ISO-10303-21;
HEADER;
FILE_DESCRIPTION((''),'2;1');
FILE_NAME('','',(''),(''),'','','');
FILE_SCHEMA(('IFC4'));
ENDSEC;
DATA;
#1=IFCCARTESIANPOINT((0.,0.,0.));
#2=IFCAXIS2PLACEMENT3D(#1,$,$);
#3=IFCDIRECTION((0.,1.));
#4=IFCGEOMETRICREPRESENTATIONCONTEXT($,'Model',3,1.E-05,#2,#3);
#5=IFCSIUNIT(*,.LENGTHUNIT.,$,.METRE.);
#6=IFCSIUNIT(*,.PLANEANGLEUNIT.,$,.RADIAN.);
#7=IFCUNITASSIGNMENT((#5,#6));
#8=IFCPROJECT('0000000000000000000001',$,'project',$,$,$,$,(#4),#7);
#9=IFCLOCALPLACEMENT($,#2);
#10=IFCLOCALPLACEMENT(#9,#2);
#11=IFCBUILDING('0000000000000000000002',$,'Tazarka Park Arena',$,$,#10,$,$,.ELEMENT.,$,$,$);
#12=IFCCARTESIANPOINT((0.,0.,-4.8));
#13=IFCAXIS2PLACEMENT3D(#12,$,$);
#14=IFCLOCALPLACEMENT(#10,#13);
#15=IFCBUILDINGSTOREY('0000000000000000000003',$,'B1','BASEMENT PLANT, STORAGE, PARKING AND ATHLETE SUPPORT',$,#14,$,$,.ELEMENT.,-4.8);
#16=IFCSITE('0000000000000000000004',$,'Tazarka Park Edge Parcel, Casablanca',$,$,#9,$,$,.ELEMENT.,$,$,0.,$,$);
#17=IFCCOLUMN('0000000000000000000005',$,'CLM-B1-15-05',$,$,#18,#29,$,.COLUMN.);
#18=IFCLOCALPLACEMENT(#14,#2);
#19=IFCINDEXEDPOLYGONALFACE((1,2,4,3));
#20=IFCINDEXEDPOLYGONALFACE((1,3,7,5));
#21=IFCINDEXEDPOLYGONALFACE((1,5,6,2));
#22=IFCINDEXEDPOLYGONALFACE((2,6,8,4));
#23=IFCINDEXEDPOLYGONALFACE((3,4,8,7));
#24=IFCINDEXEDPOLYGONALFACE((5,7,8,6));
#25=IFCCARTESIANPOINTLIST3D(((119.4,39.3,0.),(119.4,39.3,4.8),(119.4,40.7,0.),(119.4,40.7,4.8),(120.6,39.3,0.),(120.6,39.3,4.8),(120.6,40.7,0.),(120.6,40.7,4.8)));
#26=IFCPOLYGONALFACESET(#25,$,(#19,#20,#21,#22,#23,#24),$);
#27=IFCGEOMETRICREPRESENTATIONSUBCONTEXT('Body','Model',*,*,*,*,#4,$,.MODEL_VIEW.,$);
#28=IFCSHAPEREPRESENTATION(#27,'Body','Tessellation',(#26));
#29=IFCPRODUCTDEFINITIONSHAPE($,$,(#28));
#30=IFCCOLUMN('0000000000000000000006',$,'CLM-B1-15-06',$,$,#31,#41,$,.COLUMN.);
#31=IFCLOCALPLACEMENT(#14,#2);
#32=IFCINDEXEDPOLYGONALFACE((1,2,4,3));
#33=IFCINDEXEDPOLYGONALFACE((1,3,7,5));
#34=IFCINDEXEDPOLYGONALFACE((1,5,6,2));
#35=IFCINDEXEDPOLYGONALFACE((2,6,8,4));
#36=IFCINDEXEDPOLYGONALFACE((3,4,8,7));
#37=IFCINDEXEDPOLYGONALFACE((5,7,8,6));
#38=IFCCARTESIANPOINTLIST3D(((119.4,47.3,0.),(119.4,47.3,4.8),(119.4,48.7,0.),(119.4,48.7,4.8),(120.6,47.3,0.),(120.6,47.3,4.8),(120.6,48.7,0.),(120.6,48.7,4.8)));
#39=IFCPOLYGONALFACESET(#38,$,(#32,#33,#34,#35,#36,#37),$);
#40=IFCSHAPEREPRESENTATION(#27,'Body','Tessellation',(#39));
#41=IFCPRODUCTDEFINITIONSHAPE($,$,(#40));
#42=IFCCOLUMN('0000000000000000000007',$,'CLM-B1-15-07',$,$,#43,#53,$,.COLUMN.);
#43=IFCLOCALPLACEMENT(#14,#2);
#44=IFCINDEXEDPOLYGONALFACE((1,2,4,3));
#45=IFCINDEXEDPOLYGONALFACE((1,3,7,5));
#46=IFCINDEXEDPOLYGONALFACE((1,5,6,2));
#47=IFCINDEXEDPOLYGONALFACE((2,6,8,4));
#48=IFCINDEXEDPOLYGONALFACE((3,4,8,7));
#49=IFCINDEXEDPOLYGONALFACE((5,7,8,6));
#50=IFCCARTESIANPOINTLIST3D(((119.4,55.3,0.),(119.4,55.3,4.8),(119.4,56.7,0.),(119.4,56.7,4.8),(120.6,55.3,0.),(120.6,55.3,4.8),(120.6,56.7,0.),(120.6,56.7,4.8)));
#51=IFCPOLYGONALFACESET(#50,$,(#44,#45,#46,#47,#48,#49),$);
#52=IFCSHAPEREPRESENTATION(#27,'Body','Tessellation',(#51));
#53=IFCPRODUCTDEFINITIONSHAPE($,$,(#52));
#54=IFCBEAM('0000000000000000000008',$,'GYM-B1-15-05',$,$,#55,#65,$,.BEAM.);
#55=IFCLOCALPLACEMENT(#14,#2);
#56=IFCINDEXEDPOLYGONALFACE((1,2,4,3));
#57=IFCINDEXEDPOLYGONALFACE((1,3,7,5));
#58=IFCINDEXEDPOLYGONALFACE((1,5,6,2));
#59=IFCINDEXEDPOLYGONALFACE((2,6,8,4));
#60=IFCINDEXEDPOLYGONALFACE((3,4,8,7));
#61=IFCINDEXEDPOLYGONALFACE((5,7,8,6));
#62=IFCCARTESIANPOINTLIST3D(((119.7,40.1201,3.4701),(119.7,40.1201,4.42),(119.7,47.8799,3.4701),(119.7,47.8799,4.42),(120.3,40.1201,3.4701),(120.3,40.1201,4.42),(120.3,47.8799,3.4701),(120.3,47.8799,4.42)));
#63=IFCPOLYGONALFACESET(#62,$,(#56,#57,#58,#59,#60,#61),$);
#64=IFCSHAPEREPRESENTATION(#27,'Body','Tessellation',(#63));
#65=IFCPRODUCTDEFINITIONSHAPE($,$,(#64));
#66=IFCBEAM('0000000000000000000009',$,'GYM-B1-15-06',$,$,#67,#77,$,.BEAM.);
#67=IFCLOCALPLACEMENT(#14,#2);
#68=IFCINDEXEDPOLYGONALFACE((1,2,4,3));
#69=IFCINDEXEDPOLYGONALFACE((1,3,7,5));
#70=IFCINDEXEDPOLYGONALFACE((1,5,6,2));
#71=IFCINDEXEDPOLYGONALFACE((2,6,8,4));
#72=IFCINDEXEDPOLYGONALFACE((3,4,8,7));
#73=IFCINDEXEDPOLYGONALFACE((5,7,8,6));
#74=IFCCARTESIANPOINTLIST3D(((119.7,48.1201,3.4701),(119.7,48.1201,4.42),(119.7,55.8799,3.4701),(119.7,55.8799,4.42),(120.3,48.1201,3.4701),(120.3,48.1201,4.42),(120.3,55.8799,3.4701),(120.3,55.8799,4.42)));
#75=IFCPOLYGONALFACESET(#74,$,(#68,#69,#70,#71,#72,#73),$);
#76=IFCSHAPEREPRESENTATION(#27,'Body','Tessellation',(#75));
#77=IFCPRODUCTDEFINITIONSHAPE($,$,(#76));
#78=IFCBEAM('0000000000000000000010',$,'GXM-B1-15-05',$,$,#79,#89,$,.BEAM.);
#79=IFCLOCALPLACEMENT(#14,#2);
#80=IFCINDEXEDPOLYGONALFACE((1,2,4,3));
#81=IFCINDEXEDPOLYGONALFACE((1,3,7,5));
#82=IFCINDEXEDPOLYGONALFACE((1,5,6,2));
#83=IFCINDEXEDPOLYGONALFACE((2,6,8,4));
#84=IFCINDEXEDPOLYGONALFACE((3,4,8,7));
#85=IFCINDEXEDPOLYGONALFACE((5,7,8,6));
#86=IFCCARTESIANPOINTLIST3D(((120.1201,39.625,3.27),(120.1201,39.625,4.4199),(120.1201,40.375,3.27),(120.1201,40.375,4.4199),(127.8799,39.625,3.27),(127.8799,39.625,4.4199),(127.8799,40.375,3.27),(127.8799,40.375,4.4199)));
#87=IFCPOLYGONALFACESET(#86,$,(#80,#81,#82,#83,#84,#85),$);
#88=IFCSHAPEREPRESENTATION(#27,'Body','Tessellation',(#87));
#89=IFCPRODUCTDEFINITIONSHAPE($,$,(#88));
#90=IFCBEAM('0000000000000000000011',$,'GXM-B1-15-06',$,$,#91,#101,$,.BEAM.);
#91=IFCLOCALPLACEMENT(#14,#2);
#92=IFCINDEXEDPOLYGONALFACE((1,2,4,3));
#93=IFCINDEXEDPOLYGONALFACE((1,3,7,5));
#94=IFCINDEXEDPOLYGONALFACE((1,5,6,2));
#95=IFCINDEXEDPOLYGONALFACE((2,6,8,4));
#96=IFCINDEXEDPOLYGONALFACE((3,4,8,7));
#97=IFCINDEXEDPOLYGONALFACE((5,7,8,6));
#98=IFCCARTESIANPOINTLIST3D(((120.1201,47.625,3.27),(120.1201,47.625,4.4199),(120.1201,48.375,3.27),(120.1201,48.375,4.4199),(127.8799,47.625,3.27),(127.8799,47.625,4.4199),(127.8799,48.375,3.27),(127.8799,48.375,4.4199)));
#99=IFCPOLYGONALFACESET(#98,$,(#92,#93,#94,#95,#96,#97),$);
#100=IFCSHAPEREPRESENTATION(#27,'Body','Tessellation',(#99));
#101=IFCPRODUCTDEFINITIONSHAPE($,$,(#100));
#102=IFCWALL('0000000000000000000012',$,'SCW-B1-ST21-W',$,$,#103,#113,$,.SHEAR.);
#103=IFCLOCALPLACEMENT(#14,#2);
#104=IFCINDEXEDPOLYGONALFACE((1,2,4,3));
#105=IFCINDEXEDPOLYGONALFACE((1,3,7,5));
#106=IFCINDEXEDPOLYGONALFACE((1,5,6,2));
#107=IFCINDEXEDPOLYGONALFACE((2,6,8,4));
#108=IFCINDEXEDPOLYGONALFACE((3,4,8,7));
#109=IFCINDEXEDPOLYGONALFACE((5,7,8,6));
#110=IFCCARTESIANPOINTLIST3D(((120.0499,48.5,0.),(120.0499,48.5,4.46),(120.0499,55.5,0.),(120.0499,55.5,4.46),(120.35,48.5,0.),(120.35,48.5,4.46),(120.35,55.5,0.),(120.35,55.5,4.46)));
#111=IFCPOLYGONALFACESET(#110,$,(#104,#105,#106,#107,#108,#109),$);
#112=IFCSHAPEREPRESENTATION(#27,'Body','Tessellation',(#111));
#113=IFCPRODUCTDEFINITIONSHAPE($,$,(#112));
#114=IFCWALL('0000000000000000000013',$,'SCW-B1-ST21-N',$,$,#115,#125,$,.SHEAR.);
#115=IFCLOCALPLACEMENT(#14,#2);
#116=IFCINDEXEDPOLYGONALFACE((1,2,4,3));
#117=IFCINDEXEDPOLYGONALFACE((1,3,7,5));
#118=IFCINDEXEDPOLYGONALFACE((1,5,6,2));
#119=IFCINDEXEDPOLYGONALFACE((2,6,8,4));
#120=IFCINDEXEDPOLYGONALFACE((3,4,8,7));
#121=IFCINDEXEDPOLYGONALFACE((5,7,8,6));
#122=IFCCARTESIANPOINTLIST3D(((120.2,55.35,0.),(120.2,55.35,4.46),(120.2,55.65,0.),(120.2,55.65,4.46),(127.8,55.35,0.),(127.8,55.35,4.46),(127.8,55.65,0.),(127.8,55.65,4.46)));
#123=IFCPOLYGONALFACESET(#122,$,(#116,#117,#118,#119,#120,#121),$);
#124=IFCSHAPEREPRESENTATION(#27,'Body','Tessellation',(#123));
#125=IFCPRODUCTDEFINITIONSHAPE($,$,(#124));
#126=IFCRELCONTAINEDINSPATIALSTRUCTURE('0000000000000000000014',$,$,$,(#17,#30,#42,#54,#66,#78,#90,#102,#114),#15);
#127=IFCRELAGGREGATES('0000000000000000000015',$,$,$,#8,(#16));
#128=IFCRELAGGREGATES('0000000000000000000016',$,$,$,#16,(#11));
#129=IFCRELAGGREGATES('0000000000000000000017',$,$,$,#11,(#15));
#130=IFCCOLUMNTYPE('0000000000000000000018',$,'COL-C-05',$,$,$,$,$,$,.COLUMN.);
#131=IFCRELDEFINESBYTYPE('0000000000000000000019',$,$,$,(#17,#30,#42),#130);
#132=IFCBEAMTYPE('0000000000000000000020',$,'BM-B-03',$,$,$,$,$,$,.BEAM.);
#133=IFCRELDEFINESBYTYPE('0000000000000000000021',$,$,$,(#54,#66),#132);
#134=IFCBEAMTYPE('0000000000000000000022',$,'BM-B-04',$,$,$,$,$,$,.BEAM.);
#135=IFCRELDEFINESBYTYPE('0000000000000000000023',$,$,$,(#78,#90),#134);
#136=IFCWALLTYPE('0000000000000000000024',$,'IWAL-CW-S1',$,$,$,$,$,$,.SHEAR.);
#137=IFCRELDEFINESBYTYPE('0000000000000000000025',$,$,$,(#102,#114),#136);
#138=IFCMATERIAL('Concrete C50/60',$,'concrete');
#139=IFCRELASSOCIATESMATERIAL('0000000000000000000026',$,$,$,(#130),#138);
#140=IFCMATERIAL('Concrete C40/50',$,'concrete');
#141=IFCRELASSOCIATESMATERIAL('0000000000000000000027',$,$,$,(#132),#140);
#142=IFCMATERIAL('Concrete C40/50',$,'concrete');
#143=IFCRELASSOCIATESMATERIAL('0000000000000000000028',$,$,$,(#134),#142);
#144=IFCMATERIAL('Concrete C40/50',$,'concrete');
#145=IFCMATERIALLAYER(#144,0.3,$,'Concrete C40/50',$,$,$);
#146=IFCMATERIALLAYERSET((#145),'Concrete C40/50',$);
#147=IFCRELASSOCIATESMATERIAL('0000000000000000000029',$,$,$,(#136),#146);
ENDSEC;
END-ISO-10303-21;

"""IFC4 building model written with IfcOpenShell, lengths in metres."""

from ifc_helpers import new_model, si_unit, direction, frame, frame_2d, origin, origin_2d, place, context, subcontext, project, spatial, rectangle, extrude, material, layer, layer_set, material_profile, profile_set, type_object, element, save


model = new_model("IFC4")

# Units and contexts
model_context = context("Model", 3, precision=1e-05, world=origin(), true_north=direction((0.0, 1.0)))
body_context = subcontext(model_context, "Body", "Model", "MODEL_VIEW")
ifc_project = project(units=[si_unit("LENGTHUNIT", "METRE"), si_unit("PLANEANGLEUNIT", "RADIAN")], contexts=[model_context])

# Site, building, storey
site_placement = place(None, origin())
site = spatial("IfcSite", under=ifc_project, at=site_placement, Name="Tazarka Park Edge Parcel, Casablanca", CompositionType="ELEMENT", RefElevation=0.0)
building_placement = place(site_placement, origin())
building = spatial("IfcBuilding", under=site, at=building_placement, Name="Tazarka Park Arena", CompositionType="ELEMENT")
storey_placement = place(building_placement, frame((0.0, 0.0, -4.8)))
storey = spatial("IfcBuildingStorey", under=building, at=storey_placement, Name="B1", Description="BASEMENT PLANT, STORAGE, PARKING AND ATHLETE SUPPORT", CompositionType="ELEMENT", Elevation=-4.8)

# Columns
ifc_material_1 = material(Name="Concrete C50/60", Category="concrete")
ifc_material_profile_1 = material_profile(ifc_material_1, rectangle(XDim=1.2, YDim=1.3999, at=origin_2d()), Name="Concrete C50/60")
ifc_profile_set_1 = profile_set([ifc_material_profile_1], Name="Concrete C50/60")
column_type = type_object("IfcColumnType", Name="COL-C-05", PredefinedType="COLUMN", material=ifc_profile_set_1)
for number, where, z_axis, x_axis, name in (
    (1, (120.0, 40.0, 0.0), (0.0, 0.0, 1.0), (1.0, 0.0, 0.0), "CLM-B1-15-05"),
    (2, (120.0, 48.0, 0.0), (0.0, 0.0, 1.0), (1.0, 0.0, 0.0), "CLM-B1-15-06"),
    (3, (120.0, 56.0, 0.0), (0.0, 0.0, 1.0), (1.0, 0.0, 0.0), "CLM-B1-15-07"),
):
    element("IfcColumn", number, at=place(storey_placement, frame(where, z_axis=z_axis, x_axis=x_axis)), inside=storey, type_object=column_type, Name=name, PredefinedType="COLUMN", context=body_context, shape_type="SweptSolid", body=[
        extrude(rectangle(XDim=1.2, YDim=1.3999, at=origin_2d()), origin(), (0.0, 0.0, 1.0), 4.8),
    ])

# Beams
ifc_material_2 = material(Name="Concrete C40/50", Category="concrete")
ifc_material_profile_2 = material_profile(ifc_material_2, rectangle(XDim=0.6001, YDim=0.95, at=origin_2d()), Name="Concrete C40/50")
ifc_profile_set_2 = profile_set([ifc_material_profile_2], Name="Concrete C40/50")
beam_type_1 = type_object("IfcBeamType", Name="BM-B-03", PredefinedType="BEAM", material=ifc_profile_set_2)
for number, where, z_axis, x_axis, name in (
    (4, (120.0, 40.1201, 3.9451), (0.0, 1.0, 0.0), (-1.0, 0.0, 0.0), "GYM-B1-15-05"),
    (5, (120.0, 48.1201, 3.9451), (0.0, 1.0, 0.0), (-1.0, 0.0, 0.0), "GYM-B1-15-06"),
):
    element("IfcBeam", number, at=place(storey_placement, frame(where, z_axis=z_axis, x_axis=x_axis)), inside=storey, type_object=beam_type_1, Name=name, PredefinedType="BEAM", context=body_context, shape_type="SweptSolid", body=[
        extrude(rectangle(XDim=0.6001, YDim=0.95, at=origin_2d()), origin(), (0.0, 0.0, 1.0), 7.7598),
    ])
ifc_material_3 = material(Name="Concrete C40/50", Category="concrete")
ifc_material_profile_3 = material_profile(ifc_material_3, rectangle(XDim=0.75, YDim=1.1499, at=origin_2d()), Name="Concrete C40/50")
ifc_profile_set_3 = profile_set([ifc_material_profile_3], Name="Concrete C40/50")
beam_type_2 = type_object("IfcBeamType", Name="BM-B-04", PredefinedType="BEAM", material=ifc_profile_set_3)
for number, where, z_axis, x_axis, name in (
    (6, (120.1201, 40.0, 3.845), (1.0, 0.0, 0.0), (0.0, 1.0, 0.0), "GXM-B1-15-05"),
    (7, (120.1201, 48.0, 3.845), (1.0, 0.0, 0.0), (0.0, 1.0, 0.0), "GXM-B1-15-06"),
):
    element("IfcBeam", number, at=place(storey_placement, frame(where, z_axis=z_axis, x_axis=x_axis)), inside=storey, type_object=beam_type_2, Name=name, PredefinedType="BEAM", context=body_context, shape_type="SweptSolid", body=[
        extrude(rectangle(XDim=0.75, YDim=1.1499, at=origin_2d()), origin(), (0.0, 0.0, 1.0), 7.7598),
    ])

# Walls
ifc_material_4 = material(Name="Concrete C40/50", Category="concrete")
ifc_layer = layer(ifc_material_4, 0.3, Name="Concrete C40/50")
ifc_layer_set = layer_set([ifc_layer], Name="Concrete C40/50")
wall_type = type_object("IfcWallType", Name="IWAL-CW-S1", PredefinedType="SHEAR", material=ifc_layer_set)
wall_1_placement = place(storey_placement, frame((120.2, 48.5, 0.0), z_axis=(0.0, 0.0, 1.0), x_axis=(0.0, 1.0, 0.0)))
element("IfcWall", 8, at=wall_1_placement, inside=storey, type_object=wall_type, Name="SCW-B1-ST21-W", PredefinedType="SHEAR", context=body_context, shape_type="SweptSolid", body=[
    extrude(rectangle(XDim=7.0, YDim=0.3, at=frame_2d((3.5, 0.0))), origin(), (0.0, 0.0, 1.0), 4.46),
])
wall_2_placement = place(storey_placement, frame((120.2, 55.5, 0.0), z_axis=(0.0, 0.0, 1.0), x_axis=(1.0, 0.0, 0.0)))
element("IfcWall", 9, at=wall_2_placement, inside=storey, type_object=wall_type, Name="SCW-B1-ST21-N", PredefinedType="SHEAR", context=body_context, shape_type="SweptSolid", body=[
    extrude(rectangle(XDim=7.6001, YDim=0.3, at=frame_2d((3.8, 0.0))), origin(), (0.0, 0.0, 1.0), 4.46),
])

save(model, "model.ifc")
